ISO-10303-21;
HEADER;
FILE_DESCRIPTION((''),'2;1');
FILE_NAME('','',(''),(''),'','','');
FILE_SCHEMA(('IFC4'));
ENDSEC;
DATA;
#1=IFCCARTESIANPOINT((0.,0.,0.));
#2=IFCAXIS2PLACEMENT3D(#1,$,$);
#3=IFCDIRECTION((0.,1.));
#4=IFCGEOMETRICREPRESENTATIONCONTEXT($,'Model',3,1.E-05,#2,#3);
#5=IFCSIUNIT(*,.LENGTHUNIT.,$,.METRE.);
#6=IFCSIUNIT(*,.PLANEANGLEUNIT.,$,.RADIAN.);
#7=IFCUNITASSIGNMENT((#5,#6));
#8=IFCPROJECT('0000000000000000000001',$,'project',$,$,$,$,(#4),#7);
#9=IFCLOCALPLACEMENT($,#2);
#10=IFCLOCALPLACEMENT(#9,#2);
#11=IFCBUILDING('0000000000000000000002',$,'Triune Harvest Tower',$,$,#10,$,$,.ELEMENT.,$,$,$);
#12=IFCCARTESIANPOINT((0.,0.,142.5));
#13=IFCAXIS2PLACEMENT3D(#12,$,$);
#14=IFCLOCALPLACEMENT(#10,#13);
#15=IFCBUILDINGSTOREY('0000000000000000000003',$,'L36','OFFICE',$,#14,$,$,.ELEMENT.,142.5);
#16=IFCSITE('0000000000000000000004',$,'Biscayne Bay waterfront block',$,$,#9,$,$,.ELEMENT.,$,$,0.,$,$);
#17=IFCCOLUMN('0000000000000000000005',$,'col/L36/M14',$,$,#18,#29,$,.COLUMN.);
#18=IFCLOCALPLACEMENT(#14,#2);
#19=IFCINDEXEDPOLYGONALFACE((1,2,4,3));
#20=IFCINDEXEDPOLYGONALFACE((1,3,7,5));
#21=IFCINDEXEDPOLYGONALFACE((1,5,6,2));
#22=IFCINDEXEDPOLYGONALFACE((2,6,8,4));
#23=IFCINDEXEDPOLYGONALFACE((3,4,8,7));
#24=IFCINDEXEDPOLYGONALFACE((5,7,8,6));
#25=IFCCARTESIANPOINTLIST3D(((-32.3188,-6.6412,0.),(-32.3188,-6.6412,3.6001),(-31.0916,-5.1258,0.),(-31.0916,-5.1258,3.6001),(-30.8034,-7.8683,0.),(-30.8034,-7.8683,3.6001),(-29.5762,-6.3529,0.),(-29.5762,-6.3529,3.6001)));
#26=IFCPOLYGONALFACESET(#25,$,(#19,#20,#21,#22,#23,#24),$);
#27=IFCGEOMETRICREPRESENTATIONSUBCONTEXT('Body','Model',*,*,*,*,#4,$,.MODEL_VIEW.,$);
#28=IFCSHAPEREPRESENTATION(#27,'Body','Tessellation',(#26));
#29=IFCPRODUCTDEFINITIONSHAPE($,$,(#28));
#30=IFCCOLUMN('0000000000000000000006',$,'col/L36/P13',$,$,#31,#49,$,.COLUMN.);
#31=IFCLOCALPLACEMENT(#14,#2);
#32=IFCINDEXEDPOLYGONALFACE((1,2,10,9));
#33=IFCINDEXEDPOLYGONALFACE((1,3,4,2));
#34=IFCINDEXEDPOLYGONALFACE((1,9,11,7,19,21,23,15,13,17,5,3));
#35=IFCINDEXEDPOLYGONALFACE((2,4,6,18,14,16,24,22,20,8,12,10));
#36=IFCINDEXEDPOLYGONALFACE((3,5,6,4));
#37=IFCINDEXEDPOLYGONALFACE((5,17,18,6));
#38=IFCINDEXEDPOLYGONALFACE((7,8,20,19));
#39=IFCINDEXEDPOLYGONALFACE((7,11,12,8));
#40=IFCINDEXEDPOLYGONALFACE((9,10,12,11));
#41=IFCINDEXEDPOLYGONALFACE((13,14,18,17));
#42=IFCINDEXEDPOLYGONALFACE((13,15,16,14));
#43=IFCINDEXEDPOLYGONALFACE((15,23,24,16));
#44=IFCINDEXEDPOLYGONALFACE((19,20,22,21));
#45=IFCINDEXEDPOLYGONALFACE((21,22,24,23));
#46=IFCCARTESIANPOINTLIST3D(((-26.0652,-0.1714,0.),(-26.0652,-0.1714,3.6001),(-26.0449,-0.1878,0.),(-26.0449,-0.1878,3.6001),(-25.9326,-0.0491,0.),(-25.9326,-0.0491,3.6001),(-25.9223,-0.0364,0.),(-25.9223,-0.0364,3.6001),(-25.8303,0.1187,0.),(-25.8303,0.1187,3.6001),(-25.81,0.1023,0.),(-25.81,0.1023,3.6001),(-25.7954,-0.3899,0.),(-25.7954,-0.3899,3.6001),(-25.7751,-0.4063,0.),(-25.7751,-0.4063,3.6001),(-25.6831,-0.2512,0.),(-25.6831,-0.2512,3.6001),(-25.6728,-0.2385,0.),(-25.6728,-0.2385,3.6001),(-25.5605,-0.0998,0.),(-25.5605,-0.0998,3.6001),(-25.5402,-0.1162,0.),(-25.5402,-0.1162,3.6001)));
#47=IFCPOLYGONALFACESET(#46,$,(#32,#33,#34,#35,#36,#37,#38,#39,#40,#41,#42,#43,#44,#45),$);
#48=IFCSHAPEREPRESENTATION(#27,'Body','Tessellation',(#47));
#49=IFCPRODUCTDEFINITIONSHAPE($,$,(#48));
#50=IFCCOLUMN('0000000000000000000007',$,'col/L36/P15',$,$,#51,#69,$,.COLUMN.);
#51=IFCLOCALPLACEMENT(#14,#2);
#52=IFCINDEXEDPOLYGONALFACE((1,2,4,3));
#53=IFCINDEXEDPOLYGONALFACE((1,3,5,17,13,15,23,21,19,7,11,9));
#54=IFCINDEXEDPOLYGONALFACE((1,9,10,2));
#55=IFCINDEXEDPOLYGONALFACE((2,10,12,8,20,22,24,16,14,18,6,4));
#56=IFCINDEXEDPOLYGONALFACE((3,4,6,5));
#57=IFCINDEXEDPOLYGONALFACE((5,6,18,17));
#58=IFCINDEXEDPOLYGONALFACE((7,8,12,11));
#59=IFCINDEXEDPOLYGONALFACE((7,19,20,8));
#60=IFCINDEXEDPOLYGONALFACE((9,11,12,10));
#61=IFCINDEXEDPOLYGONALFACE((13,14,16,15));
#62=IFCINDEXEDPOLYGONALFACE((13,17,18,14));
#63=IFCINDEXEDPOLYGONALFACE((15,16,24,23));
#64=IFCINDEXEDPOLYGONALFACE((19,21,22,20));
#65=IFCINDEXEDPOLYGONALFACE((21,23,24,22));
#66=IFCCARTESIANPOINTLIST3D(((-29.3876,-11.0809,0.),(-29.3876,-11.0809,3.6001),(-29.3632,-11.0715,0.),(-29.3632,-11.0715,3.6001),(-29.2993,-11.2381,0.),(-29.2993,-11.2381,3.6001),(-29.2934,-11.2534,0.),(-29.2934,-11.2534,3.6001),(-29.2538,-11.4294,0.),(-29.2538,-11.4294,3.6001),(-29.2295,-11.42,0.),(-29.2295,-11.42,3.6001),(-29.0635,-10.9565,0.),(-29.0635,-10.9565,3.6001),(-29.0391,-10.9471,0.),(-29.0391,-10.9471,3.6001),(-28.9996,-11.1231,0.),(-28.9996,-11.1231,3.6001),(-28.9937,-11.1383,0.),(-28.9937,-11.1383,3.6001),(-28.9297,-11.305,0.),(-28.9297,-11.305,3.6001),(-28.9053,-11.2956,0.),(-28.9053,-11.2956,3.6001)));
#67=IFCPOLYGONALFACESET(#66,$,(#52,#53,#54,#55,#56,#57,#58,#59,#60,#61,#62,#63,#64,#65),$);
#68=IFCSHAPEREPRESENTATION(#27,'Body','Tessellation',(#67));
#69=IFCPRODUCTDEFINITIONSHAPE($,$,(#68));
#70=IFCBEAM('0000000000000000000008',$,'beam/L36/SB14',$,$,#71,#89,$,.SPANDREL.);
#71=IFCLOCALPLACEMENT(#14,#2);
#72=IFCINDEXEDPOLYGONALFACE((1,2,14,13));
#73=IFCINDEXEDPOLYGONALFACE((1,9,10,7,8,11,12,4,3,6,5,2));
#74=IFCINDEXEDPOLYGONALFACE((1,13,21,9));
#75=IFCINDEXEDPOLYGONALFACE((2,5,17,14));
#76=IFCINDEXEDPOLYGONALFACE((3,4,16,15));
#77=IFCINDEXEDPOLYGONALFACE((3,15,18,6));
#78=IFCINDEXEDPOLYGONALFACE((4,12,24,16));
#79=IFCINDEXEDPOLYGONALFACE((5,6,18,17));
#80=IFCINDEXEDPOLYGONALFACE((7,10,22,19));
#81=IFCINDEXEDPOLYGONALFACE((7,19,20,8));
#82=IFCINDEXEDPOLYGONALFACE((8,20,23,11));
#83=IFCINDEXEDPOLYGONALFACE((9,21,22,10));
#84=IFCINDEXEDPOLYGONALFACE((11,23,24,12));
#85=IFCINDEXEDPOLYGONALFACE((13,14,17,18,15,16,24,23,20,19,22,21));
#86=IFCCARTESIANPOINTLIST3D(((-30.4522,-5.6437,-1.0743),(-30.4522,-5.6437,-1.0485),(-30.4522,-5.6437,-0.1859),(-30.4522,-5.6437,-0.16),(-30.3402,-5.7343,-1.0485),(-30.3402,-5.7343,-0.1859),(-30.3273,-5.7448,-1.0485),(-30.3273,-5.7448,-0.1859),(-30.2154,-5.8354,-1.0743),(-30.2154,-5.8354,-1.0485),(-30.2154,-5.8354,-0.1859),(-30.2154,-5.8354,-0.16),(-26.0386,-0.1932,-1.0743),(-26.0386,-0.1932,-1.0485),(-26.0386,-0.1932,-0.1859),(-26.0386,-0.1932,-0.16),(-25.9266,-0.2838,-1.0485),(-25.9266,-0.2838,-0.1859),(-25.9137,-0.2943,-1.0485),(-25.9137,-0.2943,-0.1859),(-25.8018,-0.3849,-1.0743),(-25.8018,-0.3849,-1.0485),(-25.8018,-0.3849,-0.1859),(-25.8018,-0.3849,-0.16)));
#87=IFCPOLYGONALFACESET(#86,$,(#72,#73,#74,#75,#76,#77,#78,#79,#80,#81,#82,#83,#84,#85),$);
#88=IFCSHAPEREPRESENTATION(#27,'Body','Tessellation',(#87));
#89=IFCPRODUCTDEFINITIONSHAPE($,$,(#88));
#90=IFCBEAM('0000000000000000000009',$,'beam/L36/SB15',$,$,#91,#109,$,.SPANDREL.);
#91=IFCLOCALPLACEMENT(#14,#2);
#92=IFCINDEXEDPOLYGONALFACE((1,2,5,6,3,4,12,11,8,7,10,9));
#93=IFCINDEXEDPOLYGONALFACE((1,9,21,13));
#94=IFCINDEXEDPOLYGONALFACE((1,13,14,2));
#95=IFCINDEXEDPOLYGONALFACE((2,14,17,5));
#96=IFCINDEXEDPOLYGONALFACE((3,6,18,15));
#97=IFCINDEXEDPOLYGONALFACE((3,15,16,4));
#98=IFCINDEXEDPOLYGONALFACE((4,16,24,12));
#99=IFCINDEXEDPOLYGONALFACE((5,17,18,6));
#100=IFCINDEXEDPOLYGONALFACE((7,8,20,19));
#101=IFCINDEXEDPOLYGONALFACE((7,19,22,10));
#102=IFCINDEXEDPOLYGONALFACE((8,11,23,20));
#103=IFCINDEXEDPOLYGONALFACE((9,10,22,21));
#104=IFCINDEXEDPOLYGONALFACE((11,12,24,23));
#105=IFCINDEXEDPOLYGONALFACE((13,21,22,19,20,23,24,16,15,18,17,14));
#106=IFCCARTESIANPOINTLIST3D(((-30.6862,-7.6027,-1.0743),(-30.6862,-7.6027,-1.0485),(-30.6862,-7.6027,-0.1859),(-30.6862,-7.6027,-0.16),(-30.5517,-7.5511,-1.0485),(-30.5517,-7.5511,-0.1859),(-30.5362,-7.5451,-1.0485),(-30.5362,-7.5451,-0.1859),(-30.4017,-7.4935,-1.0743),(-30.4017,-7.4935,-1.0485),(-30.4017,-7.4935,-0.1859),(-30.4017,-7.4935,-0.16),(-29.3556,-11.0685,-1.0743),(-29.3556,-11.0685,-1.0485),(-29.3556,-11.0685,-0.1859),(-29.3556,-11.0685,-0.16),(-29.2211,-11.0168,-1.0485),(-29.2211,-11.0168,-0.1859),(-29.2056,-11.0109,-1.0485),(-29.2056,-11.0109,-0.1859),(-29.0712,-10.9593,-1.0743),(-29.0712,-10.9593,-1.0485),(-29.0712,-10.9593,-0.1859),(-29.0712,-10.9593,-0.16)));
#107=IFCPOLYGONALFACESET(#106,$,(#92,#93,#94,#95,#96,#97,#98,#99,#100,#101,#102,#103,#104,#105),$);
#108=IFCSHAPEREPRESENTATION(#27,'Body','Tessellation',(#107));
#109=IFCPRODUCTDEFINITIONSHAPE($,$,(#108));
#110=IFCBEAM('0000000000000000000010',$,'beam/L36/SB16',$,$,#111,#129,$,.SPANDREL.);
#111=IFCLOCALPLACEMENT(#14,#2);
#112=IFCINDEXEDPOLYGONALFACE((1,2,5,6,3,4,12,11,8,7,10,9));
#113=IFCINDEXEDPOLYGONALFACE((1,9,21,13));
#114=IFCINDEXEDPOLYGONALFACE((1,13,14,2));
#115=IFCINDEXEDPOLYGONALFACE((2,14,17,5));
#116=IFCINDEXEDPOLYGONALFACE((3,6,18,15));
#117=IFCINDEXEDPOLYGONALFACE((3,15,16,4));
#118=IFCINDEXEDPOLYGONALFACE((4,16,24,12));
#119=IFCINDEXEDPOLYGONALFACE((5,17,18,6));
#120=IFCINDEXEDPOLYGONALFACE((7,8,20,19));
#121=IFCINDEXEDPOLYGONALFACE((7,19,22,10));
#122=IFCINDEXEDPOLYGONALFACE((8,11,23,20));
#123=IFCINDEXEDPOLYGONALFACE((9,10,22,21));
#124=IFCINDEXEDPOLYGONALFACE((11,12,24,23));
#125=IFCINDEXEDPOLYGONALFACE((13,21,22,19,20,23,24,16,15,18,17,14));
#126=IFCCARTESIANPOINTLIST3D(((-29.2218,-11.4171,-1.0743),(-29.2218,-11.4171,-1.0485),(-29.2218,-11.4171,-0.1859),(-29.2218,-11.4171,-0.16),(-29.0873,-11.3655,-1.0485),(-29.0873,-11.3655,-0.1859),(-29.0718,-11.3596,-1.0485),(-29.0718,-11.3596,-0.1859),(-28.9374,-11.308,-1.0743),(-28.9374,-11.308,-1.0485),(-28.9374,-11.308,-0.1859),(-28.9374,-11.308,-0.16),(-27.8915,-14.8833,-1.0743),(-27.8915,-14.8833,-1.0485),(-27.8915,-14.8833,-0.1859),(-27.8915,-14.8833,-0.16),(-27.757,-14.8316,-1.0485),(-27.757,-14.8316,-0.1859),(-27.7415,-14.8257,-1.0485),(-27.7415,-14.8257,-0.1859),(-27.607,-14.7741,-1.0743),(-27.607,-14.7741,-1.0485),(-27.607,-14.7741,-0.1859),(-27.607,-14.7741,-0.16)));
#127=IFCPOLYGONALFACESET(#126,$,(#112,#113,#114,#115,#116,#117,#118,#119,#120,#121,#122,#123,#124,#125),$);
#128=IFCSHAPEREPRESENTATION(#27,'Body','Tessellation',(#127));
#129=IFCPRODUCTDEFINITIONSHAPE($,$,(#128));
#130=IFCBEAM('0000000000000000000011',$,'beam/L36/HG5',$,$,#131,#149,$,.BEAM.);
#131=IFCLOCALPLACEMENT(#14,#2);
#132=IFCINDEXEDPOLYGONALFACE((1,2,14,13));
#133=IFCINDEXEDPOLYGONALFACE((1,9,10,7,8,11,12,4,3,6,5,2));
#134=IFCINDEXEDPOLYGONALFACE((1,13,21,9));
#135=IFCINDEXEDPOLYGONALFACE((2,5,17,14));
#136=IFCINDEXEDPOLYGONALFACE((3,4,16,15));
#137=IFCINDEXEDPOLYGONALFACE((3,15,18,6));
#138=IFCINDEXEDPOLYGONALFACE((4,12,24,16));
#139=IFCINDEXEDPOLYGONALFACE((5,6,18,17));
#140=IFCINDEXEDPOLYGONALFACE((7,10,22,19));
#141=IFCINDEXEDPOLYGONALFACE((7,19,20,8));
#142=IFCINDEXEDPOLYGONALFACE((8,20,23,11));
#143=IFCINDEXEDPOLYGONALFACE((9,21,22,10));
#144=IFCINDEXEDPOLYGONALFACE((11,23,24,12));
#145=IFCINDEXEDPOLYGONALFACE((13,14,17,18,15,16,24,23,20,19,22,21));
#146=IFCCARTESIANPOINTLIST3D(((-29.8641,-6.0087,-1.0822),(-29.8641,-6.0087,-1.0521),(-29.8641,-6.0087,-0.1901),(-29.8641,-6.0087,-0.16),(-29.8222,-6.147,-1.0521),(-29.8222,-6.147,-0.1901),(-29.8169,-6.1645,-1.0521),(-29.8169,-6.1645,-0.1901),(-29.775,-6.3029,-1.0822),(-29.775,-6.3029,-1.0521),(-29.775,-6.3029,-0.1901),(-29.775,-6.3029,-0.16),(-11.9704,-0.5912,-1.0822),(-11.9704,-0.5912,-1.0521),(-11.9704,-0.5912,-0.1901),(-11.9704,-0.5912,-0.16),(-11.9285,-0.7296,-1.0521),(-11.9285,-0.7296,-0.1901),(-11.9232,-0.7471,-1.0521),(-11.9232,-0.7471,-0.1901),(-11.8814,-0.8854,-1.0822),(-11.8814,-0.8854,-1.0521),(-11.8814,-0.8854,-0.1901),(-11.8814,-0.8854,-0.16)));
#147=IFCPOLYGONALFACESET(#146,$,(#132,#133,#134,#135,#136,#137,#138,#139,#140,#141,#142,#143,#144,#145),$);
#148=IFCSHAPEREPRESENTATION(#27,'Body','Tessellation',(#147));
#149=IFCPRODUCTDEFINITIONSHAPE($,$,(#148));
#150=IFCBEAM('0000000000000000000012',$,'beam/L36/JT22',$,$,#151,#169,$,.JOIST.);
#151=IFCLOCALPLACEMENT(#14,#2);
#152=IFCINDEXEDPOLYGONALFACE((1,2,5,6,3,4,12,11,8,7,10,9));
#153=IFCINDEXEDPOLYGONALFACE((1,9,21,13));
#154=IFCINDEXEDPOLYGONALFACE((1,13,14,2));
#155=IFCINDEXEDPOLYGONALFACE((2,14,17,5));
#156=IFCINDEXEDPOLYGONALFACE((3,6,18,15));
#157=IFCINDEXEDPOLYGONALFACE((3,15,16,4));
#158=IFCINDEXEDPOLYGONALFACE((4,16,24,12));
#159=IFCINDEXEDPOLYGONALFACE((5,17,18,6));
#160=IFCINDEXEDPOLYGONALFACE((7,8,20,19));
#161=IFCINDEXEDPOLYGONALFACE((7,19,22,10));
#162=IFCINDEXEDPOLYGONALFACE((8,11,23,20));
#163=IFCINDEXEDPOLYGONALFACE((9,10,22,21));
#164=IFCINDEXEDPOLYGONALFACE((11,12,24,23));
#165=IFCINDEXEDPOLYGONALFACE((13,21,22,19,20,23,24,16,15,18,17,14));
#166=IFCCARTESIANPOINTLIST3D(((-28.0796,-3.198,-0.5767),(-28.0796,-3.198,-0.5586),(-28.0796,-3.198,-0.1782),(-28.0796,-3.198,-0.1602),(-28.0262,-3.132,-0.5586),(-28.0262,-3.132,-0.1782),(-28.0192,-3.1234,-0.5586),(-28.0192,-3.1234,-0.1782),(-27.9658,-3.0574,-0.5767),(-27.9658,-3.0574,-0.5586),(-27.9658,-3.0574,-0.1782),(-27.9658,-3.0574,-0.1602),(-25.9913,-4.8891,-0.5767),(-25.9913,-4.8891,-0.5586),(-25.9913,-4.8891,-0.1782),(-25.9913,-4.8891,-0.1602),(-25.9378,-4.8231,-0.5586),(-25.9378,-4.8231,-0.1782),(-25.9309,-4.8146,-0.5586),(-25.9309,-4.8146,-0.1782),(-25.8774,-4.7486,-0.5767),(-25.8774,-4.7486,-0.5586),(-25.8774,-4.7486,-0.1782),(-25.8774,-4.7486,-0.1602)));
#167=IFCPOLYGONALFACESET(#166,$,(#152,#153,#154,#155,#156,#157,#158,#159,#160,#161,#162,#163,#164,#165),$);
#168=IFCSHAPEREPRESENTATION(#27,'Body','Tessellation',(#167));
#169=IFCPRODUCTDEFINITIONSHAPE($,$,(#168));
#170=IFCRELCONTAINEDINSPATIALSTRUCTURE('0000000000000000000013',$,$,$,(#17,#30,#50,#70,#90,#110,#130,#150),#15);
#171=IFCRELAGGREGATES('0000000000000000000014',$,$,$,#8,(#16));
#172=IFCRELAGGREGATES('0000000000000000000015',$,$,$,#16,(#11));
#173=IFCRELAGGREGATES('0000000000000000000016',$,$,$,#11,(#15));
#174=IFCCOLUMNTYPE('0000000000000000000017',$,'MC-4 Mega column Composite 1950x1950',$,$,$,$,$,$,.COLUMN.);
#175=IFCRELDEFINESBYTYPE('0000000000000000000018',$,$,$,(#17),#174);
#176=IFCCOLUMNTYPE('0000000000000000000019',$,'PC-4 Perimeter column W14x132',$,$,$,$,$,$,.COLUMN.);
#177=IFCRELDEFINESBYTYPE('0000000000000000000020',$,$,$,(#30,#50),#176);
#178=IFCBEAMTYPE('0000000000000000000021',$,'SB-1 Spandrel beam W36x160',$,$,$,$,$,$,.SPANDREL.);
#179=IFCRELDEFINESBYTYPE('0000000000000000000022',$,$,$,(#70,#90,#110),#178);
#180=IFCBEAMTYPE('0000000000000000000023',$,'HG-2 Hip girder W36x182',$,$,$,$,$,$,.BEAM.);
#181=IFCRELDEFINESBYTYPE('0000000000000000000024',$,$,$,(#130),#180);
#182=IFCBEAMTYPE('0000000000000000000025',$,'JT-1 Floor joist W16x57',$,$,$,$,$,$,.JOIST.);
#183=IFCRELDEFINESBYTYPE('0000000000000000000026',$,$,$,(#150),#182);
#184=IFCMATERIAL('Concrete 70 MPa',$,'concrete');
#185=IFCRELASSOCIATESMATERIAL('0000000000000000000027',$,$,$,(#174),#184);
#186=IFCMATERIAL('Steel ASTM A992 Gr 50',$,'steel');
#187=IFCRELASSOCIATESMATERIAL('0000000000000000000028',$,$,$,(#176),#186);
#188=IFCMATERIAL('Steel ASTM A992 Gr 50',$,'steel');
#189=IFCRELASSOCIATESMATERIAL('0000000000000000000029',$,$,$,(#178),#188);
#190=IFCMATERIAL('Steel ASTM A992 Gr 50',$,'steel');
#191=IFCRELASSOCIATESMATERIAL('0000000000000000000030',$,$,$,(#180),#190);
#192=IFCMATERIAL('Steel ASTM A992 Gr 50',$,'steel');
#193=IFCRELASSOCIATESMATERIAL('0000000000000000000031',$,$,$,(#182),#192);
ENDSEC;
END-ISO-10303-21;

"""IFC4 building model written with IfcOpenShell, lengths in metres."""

from ifc_helpers import new_model, si_unit, direction, frame, origin, origin_2d, place, context, subcontext, project, spatial, rectangle, i_section, extrude, source, transform, mapped, material, material_profile, profile_set, type_object, element, save


model = new_model("IFC4")

# Units and contexts
model_context = context("Model", 3, precision=1e-05, world=origin(), true_north=direction((0.0, 1.0)))
body_context = subcontext(model_context, "Body", "Model", "MODEL_VIEW")
ifc_project = project(units=[si_unit("LENGTHUNIT", "METRE"), si_unit("PLANEANGLEUNIT", "RADIAN")], contexts=[model_context])

# Site, building, storey
site_placement = place(None, origin())
site = spatial("IfcSite", under=ifc_project, at=site_placement, Name="Biscayne Bay waterfront block", CompositionType="ELEMENT", RefElevation=0.0)
building_placement = place(site_placement, origin())
building = spatial("IfcBuilding", under=site, at=building_placement, Name="Triune Harvest Tower", CompositionType="ELEMENT")
storey_placement = place(building_placement, frame((0.0, 0.0, 142.5)))
storey = spatial("IfcBuildingStorey", under=building, at=storey_placement, Name="L36", Description="OFFICE", CompositionType="ELEMENT", Elevation=142.5)

# Columns
ifc_material_1 = material(Name="Concrete 70 MPa", Category="concrete")
ifc_material_profile_1 = material_profile(ifc_material_1, rectangle(XDim=1.95, YDim=1.95, at=origin_2d()), Name="Composite 1950x1950")
ifc_profile_set_1 = profile_set([ifc_material_profile_1], Name="Concrete 70 MPa")
column_type_1 = type_object("IfcColumnType", Name="MC-4 Mega column Composite 1950x1950", PredefinedType="COLUMN", material=ifc_profile_set_1)
shared_shape_1 = source(origin(), body_context, "Body", "SweptSolid", [
    extrude(rectangle(XDim=1.95, YDim=1.95, at=origin_2d()), origin(), (0.0, 0.0, 1.0), 3.6001),
])
column_placement = place(storey_placement, frame((-30.9475, -6.4971, 0.0), z_axis=(0.0, 0.0, 1.0), x_axis=(-0.629322, -0.777145, 0.0)))
element("IfcColumn", 1, at=column_placement, inside=storey, type_object=column_type_1, Name="col/L36/M14", PredefinedType="COLUMN", context=body_context, shape_type="MappedRepresentation", body=[
    mapped(shared_shape_1, transform((0.0, 0.0, 0.0), scale=1.0)),
])
ifc_material_2 = material(Name="Steel ASTM A992 Gr 50", Category="steel")
ifc_material_profile_2 = material_profile(ifc_material_2, i_section(OverallWidth=0.3733, OverallDepth=0.3733, WebThickness=0.0164, FlangeThickness=0.0261, at=origin_2d()), Name="W14x132")
ifc_profile_set_2 = profile_set([ifc_material_profile_2], Name="Steel ASTM A992 Gr 50")
column_type_2 = type_object("IfcColumnType", Name="PC-4 Perimeter column W14x132", PredefinedType="COLUMN", material=ifc_profile_set_2)
shared_shape_2 = source(origin(), body_context, "Body", "SweptSolid", [
    extrude(i_section(OverallWidth=0.3733, OverallDepth=0.3733, WebThickness=0.0164, FlangeThickness=0.0261, at=origin_2d()), origin(), (0.0, 0.0, 1.0), 3.6001),
])
for number, where, z_axis, x_axis, name in (
    (2, (-25.8027, -0.1438, 0.0), (0.0, 0.0, 1.0), (-0.629322, -0.777145, 0.0), "col/L36/P13"),
    (3, (-29.1465, -11.1882, 0.0), (0.0, 0.0, 1.0), (0.358366, -0.933581, 0.0), "col/L36/P15"),
):
    element("IfcColumn", number, at=place(storey_placement, frame(where, z_axis=z_axis, x_axis=x_axis)), inside=storey, type_object=column_type_2, Name=name, PredefinedType="COLUMN", context=body_context, shape_type="MappedRepresentation", body=[
        mapped(shared_shape_2, transform((0.0, 0.0, 0.0), scale=1.0)),
    ])

# Beams
ifc_material_3 = material(Name="Steel ASTM A992 Gr 50", Category="steel")
ifc_material_profile_3 = material_profile(ifc_material_3, i_section(OverallWidth=0.3047, OverallDepth=0.9143, WebThickness=0.0166, FlangeThickness=0.0259, at=origin_2d()), Name="W36x160")
ifc_profile_set_3 = profile_set([ifc_material_profile_3], Name="Steel ASTM A992 Gr 50")
beam_type_1 = type_object("IfcBeamType", Name="SB-1 Spandrel beam W36x160", PredefinedType="SPANDREL", material=ifc_profile_set_3)
shared_shape_3 = source(origin(), body_context, "Body", "SweptSolid", [
    extrude(i_section(OverallWidth=0.3047, OverallDepth=0.9143, WebThickness=0.0166, FlangeThickness=0.0259, at=origin_2d()), origin(), (0.0, 0.0, 1.0), 7.0134),
])
beam_1_placement = place(storey_placement, frame((-25.9202, -0.2891, -0.6172), z_axis=(-0.629311, -0.777153, 0.0), x_axis=(0.777153, -0.629311, 0.0)))
element("IfcBeam", 4, at=beam_1_placement, inside=storey, type_object=beam_type_1, Name="beam/L36/SB14", PredefinedType="SPANDREL", context=body_context, shape_type="MappedRepresentation", body=[
    mapped(shared_shape_3, transform((0.0, 0.0, 0.0), scale=1.0)),
])
shared_shape_4 = source(origin(), body_context, "Body", "SweptSolid", [
    extrude(i_section(OverallWidth=0.3047, OverallDepth=0.9143, WebThickness=0.0166, FlangeThickness=0.0259, at=origin_2d()), origin(), (0.0, 0.0, 1.0), 3.7124),
])
beam_2_placement = place(storey_placement, frame((-30.5439, -7.5481, -0.6172), z_axis=(0.358406, -0.933566, 0.0), x_axis=(0.933566, 0.358406, 0.0)))
element("IfcBeam", 5, at=beam_2_placement, inside=storey, type_object=beam_type_1, Name="beam/L36/SB15", PredefinedType="SPANDREL", context=body_context, shape_type="MappedRepresentation", body=[
    mapped(shared_shape_4, transform((0.0, 0.0, 0.0), scale=1.0)),
])
shared_shape_5 = source(origin(), body_context, "Body", "SweptSolid", [
    extrude(i_section(OverallWidth=0.3047, OverallDepth=0.9143, WebThickness=0.0166, FlangeThickness=0.0259, at=origin_2d()), origin(), (0.0, 0.0, 1.0), 3.7126),
])
beam_3_placement = place(storey_placement, frame((-29.0796, -11.3625, -0.6172), z_axis=(0.358327, -0.933596, 0.0), x_axis=(0.933596, 0.358327, 0.0)))
element("IfcBeam", 6, at=beam_3_placement, inside=storey, type_object=beam_type_1, Name="beam/L36/SB16", PredefinedType="SPANDREL", context=body_context, shape_type="MappedRepresentation", body=[
    mapped(shared_shape_5, transform((0.0, 0.0, 0.0), scale=1.0)),
])
ifc_material_4 = material(Name="Steel ASTM A992 Gr 50", Category="steel")
ifc_material_profile_4 = material_profile(ifc_material_4, i_section(OverallWidth=0.3074, OverallDepth=0.9221, WebThickness=0.0183, FlangeThickness=0.03, at=origin_2d()), Name="W36x182")
ifc_profile_set_4 = profile_set([ifc_material_profile_4], Name="Steel ASTM A992 Gr 50")
beam_type_2 = type_object("IfcBeamType", Name="HG-2 Hip girder W36x182", PredefinedType="BEAM", material=ifc_profile_set_4)
shared_shape_6 = source(origin(), body_context, "Body", "SweptSolid", [
    extrude(i_section(OverallWidth=0.3074, OverallDepth=0.9221, WebThickness=0.0183, FlangeThickness=0.03, at=origin_2d()), origin(), (0.0, 0.0, 1.0), 18.6958),
])
beam_4_placement = place(storey_placement, frame((-29.8196, -6.1558, -0.6211), z_axis=(0.957097, 0.289768, 0.0), x_axis=(-0.289768, 0.957097, 0.0)))
element("IfcBeam", 7, at=beam_4_placement, inside=storey, type_object=beam_type_2, Name="beam/L36/HG5", PredefinedType="BEAM", context=body_context, shape_type="MappedRepresentation", body=[
    mapped(shared_shape_6, transform((0.0, 0.0, 0.0), scale=1.0)),
])
ifc_material_5 = material(Name="Steel ASTM A992 Gr 50", Category="steel")
ifc_material_profile_5 = material_profile(ifc_material_5, i_section(OverallWidth=0.1809, OverallDepth=0.4165, WebThickness=0.011, FlangeThickness=0.0181, at=origin_2d()), Name="W16x57")
ifc_profile_set_5 = profile_set([ifc_material_profile_5], Name="Steel ASTM A992 Gr 50")
beam_type_3 = type_object("IfcBeamType", Name="JT-1 Floor joist W16x57", PredefinedType="JOIST", material=ifc_profile_set_5)
shared_shape_7 = source(origin(), body_context, "Body", "SweptSolid", [
    extrude(i_section(OverallWidth=0.1809, OverallDepth=0.4165, WebThickness=0.011, FlangeThickness=0.0181, at=origin_2d()), origin(), (0.0, 0.0, 1.0), 2.6873),
])
beam_5_placement = place(storey_placement, frame((-28.0227, -3.1277, -0.3684), z_axis=(0.777141, -0.629326, 0.0), x_axis=(0.629326, 0.777141, 0.0)))
element("IfcBeam", 8, at=beam_5_placement, inside=storey, type_object=beam_type_3, Name="beam/L36/JT22", PredefinedType="JOIST", context=body_context, shape_type="MappedRepresentation", body=[
    mapped(shared_shape_7, transform((0.0, 0.0, 0.0), scale=1.0)),
])

save(model, "model.ifc")
